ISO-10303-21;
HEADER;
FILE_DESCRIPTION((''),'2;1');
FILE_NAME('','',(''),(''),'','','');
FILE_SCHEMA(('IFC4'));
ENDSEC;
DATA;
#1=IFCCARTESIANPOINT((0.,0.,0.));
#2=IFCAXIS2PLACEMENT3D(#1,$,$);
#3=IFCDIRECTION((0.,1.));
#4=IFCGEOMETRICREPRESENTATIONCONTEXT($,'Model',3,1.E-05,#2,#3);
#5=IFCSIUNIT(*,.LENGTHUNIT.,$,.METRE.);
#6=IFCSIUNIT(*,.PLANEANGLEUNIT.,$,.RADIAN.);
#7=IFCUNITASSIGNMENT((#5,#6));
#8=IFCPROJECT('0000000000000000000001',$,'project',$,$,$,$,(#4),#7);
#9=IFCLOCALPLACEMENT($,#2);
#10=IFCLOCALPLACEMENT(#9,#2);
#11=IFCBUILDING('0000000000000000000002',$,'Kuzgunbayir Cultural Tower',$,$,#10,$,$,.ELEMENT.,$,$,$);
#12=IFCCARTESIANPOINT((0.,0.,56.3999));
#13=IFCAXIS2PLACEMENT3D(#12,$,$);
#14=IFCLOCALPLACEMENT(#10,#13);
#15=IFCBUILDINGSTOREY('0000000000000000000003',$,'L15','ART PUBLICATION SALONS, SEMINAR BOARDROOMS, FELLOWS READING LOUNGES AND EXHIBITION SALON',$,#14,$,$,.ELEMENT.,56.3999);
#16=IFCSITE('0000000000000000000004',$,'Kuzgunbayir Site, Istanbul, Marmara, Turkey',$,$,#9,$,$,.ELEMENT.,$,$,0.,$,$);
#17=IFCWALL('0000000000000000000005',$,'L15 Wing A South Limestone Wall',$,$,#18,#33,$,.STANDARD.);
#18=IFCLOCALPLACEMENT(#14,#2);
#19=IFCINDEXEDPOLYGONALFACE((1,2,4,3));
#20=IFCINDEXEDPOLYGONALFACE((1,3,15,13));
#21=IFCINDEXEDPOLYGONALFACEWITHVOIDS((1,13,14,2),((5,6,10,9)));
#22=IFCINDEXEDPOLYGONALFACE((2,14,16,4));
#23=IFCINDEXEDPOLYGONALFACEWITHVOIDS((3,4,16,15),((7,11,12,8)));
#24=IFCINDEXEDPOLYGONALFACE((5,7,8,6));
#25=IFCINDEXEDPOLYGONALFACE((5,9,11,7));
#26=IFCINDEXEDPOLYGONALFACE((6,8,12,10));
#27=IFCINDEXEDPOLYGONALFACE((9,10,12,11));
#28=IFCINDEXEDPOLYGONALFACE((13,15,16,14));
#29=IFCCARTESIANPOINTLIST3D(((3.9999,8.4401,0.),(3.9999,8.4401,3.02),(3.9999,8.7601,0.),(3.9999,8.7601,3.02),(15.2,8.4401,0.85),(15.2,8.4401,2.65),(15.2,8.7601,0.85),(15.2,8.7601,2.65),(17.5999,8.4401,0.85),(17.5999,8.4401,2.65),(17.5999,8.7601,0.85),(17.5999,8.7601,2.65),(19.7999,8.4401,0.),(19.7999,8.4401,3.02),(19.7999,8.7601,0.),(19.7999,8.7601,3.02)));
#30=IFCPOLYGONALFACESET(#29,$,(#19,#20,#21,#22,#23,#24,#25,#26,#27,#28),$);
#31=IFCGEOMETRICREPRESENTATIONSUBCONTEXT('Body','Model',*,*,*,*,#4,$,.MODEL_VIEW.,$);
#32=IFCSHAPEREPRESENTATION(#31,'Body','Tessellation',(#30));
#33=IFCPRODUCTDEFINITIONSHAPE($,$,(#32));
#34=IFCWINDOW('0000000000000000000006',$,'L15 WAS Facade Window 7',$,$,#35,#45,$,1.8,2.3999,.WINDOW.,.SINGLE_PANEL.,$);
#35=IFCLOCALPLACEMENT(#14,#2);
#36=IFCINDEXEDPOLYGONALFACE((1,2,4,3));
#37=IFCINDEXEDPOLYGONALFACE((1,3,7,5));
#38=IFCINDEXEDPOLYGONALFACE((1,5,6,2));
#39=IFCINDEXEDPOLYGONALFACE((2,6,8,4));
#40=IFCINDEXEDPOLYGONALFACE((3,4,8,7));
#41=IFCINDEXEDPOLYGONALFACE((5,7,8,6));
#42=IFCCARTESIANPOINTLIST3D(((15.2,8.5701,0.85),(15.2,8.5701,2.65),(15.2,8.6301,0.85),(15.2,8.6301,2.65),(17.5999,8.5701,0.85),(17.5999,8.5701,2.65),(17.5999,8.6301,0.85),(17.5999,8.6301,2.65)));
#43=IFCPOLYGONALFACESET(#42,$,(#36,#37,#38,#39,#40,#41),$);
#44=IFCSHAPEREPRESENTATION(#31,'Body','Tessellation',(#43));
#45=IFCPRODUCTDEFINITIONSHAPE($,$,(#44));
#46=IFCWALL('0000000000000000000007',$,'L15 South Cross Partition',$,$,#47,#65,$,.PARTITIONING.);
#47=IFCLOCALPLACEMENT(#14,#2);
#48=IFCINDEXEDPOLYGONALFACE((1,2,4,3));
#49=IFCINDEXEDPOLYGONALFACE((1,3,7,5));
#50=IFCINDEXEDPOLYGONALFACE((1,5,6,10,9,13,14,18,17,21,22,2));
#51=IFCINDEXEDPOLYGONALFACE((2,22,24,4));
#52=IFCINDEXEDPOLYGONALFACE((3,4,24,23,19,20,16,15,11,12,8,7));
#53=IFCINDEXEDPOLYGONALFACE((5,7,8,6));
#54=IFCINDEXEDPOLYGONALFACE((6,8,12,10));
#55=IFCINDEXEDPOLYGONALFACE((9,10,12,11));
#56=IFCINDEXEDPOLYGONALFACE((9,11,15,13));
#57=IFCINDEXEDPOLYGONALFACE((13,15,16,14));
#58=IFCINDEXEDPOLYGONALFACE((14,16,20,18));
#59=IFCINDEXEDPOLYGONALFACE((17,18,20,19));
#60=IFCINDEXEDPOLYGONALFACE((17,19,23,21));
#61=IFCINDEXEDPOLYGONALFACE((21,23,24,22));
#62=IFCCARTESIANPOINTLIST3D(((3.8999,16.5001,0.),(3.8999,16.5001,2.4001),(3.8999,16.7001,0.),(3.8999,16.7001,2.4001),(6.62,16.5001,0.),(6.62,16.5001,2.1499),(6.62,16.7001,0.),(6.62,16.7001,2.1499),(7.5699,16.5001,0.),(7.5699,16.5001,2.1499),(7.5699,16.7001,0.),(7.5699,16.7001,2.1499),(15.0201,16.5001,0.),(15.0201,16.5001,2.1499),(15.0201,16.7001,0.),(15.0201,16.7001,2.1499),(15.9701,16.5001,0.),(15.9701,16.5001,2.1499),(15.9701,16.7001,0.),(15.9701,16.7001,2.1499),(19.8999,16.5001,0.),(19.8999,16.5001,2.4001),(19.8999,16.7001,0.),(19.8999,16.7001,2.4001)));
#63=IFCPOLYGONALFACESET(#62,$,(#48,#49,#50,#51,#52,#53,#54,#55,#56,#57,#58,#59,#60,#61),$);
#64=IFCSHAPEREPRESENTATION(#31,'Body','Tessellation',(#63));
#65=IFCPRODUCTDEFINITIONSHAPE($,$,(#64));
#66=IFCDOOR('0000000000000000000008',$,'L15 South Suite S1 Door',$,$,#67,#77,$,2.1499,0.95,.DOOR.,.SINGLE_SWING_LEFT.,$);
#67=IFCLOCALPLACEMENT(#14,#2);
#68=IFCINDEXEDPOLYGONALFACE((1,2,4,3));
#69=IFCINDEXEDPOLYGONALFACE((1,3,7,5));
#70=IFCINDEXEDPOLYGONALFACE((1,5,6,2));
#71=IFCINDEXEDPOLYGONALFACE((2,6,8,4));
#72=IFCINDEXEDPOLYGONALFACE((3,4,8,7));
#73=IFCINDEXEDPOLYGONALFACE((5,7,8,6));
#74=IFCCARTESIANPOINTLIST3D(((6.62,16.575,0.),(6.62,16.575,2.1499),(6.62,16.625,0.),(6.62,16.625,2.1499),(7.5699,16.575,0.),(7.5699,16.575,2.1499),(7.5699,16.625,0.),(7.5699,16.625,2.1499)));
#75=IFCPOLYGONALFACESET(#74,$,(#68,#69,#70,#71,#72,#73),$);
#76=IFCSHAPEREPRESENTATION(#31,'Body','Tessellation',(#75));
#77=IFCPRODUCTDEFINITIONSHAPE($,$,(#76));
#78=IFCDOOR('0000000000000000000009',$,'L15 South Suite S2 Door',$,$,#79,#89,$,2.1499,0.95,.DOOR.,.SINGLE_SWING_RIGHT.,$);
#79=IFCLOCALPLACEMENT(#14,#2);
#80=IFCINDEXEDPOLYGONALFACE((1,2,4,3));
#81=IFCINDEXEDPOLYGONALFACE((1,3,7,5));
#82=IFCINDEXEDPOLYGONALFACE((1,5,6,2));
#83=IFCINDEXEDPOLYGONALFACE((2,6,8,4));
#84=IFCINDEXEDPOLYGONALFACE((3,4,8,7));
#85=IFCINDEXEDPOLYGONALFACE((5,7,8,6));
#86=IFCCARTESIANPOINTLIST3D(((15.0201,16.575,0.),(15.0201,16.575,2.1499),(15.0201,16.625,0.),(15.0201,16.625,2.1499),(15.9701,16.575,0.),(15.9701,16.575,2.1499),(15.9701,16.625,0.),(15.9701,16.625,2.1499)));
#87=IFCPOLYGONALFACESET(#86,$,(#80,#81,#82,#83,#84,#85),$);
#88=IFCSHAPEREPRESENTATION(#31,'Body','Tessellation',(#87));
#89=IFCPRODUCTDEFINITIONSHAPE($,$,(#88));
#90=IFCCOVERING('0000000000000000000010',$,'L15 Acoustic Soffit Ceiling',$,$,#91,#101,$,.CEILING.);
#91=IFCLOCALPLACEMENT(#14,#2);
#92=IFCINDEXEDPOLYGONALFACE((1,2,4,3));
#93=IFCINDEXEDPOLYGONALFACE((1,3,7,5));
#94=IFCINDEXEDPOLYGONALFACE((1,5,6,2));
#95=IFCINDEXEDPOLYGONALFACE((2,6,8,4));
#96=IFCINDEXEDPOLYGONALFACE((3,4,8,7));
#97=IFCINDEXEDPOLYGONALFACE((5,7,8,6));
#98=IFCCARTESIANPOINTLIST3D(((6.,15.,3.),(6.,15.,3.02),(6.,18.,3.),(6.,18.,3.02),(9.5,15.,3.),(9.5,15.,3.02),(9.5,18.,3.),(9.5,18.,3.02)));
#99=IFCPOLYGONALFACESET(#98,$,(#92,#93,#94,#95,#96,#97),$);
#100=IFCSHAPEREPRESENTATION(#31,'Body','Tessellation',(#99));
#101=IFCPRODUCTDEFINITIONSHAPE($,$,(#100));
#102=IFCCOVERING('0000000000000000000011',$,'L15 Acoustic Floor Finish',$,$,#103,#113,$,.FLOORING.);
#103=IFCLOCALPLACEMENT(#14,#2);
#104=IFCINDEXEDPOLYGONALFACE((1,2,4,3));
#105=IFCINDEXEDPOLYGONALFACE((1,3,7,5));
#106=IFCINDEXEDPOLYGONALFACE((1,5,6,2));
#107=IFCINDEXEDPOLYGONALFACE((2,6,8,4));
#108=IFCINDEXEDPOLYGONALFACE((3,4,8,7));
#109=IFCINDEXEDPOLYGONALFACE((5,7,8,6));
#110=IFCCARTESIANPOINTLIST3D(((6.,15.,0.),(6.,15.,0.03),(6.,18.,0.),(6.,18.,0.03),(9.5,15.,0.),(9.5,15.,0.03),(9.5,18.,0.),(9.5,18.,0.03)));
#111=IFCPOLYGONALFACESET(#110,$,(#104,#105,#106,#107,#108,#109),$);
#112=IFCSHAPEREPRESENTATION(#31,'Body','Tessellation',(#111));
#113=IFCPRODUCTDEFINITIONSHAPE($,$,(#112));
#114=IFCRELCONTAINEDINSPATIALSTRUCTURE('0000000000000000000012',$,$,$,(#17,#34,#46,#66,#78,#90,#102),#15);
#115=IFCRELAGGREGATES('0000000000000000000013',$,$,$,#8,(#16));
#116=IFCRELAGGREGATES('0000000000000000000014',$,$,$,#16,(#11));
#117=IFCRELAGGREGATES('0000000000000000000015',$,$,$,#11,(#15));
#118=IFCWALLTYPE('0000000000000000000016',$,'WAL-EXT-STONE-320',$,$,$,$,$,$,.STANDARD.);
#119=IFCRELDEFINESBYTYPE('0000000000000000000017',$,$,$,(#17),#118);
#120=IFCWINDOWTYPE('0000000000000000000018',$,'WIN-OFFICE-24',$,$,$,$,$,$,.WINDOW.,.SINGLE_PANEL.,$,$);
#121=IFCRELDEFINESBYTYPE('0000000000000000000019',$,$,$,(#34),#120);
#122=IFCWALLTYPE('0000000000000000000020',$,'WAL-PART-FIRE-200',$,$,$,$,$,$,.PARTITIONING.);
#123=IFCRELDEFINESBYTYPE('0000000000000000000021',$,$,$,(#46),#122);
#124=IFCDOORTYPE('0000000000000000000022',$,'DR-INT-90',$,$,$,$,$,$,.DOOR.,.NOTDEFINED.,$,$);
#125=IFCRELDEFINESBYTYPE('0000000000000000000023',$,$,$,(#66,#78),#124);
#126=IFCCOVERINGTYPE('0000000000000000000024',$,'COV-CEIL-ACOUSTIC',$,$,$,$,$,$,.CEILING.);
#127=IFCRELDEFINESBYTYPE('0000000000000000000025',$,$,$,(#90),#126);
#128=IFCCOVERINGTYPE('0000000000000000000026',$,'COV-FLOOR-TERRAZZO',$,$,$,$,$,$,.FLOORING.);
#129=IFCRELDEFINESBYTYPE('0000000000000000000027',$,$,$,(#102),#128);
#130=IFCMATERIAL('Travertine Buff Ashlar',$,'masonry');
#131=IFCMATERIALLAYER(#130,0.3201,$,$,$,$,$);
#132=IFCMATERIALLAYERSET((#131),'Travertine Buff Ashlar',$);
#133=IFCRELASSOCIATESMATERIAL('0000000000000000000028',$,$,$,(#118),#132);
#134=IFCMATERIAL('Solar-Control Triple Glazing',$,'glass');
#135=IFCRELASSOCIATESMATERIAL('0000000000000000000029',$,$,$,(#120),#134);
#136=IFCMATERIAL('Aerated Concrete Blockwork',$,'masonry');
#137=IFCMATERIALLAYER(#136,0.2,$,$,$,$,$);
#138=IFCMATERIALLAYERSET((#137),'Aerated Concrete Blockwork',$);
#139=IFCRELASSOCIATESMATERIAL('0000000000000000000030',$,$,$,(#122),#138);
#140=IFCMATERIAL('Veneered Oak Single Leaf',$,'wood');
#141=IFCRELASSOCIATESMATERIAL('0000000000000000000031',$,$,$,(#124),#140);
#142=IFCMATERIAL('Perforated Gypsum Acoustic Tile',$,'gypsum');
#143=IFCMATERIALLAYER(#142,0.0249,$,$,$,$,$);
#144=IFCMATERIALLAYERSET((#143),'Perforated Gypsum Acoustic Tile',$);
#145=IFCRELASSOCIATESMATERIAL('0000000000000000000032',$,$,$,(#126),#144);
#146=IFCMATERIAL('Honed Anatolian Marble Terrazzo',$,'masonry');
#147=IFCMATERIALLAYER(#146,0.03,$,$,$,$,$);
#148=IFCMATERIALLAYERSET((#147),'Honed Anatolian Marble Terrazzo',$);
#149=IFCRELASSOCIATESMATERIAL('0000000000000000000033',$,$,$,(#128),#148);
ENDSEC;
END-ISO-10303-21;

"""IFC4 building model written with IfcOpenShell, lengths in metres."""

from ifc_helpers import new_model, si_unit, direction, frame, frame_2d, origin, place, context, subcontext, project, spatial, polyline, rectangle, outline, extrude, material, layer, layer_set, type_object, element, fill, save


model = new_model("IFC4")

# Units and contexts
model_context = context("Model", 3, precision=1e-05, world=origin(), true_north=direction((0.0, 1.0)))
body_context = subcontext(model_context, "Body", "Model", "MODEL_VIEW")
ifc_project = project(units=[si_unit("LENGTHUNIT", "METRE"), si_unit("PLANEANGLEUNIT", "RADIAN")], contexts=[model_context])

# Site, building, storey
site_placement = place(None, origin())
site = spatial("IfcSite", under=ifc_project, at=site_placement, Name="Kuzgunbayir Site, Istanbul, Marmara, Turkey", CompositionType="ELEMENT", RefElevation=0.0)
building_placement = place(site_placement, origin())
building = spatial("IfcBuilding", under=site, at=building_placement, Name="Kuzgunbayir Cultural Tower", CompositionType="ELEMENT")
storey_placement = place(building_placement, frame((0.0, 0.0, 56.3999)))
storey = spatial("IfcBuildingStorey", under=building, at=storey_placement, Name="L15", Description="ART PUBLICATION SALONS, SEMINAR BOARDROOMS, FELLOWS READING LOUNGES AND EXHIBITION SALON", CompositionType="ELEMENT", Elevation=56.3999)

# Wall, opening, window
ifc_material_1 = material(Name="Travertine Buff Ashlar", Category="masonry")
ifc_layer_1 = layer(ifc_material_1, 0.3201)
ifc_layer_set_1 = layer_set([ifc_layer_1], Name="Travertine Buff Ashlar")
wall_type_1 = type_object("IfcWallType", Name="WAL-EXT-STONE-320", PredefinedType="STANDARD", material=ifc_layer_set_1)
wall_1_placement = place(storey_placement, frame((4.0, 8.6001, 0.0), z_axis=(0.0, 0.0, 1.0), x_axis=(1.0, 0.0, 0.0)))
wall_1 = element("IfcWall", 1, at=wall_1_placement, inside=storey, type_object=wall_type_1, Name="L15 Wing A South Limestone Wall", PredefinedType="STANDARD", context=body_context, shape_type="SweptSolid", body=[
    extrude(rectangle(XDim=15.8, YDim=0.3201, at=frame_2d((7.8999, 0.0))), origin(), (0.0, 0.0, 1.0), 3.02),
])
opening_1_placement = place(wall_1_placement, frame((11.2, 0.0, 0.8501)))
opening_1 = element("IfcOpeningElement", 2, at=opening_1_placement, cuts=wall_1, PredefinedType="OPENING", context=body_context, shape_type="SweptSolid", body=[
    extrude(rectangle(XDim=2.3999, YDim=1.8, at=frame_2d((1.2, 0.8999))), frame((0.0, 0.1699, 0.0), z_axis=(0.0, -1.0, 0.0), x_axis=(1.0, 0.0, 0.0)), (0.0, 0.0, 1.0), 0.3401),
])
ifc_material_2 = material(Name="Solar-Control Triple Glazing", Category="glass")
window_type = type_object("IfcWindowType", Name="WIN-OFFICE-24", PartitioningType="SINGLE_PANEL", PredefinedType="WINDOW", material=ifc_material_2)
window_placement = place(opening_1_placement, origin())
window = element("IfcWindow", 3, at=window_placement, inside=storey, type_object=window_type, Name="L15 WAS Facade Window 7", OverallHeight=1.8, OverallWidth=2.3999, PartitioningType="SINGLE_PANEL", PredefinedType="WINDOW", context=body_context, shape_type="SweptSolid", body=[
    extrude(rectangle(XDim=2.3999, YDim=1.8, at=frame_2d((1.2, 0.8999))), frame((0.0, 0.03, 0.0), z_axis=(0.0, -1.0, 0.0), x_axis=(1.0, 0.0, 0.0)), (0.0, 0.0, 1.0), 0.0601),
])
fill(opening_1, window)

# Wall, openings, doors
ifc_material_3 = material(Name="Aerated Concrete Blockwork", Category="masonry")
ifc_layer_2 = layer(ifc_material_3, 0.2)
ifc_layer_set_2 = layer_set([ifc_layer_2], Name="Aerated Concrete Blockwork")
wall_type_2 = type_object("IfcWallType", Name="WAL-PART-FIRE-200", PredefinedType="PARTITIONING", material=ifc_layer_set_2)
wall_2_placement = place(storey_placement, frame((3.8999, 16.6001, 0.0), z_axis=(0.0, 0.0, 1.0), x_axis=(1.0, 0.0, 0.0)))
wall_2 = element("IfcWall", 4, at=wall_2_placement, inside=storey, type_object=wall_type_2, Name="L15 South Cross Partition", PredefinedType="PARTITIONING", context=body_context, shape_type="SweptSolid", body=[
    extrude(rectangle(XDim=16.0, YDim=0.2, at=frame_2d((8.0, 0.0))), origin(), (0.0, 0.0, 1.0), 2.4001),
])
opening_2_placement = place(wall_2_placement, frame((2.72, 0.0, 0.0)))
opening_2 = element("IfcOpeningElement", 5, at=opening_2_placement, cuts=wall_2, PredefinedType="OPENING", context=body_context, shape_type="SweptSolid", body=[
    extrude(rectangle(XDim=0.95, YDim=2.1499, at=frame_2d((0.4751, 1.075))), frame((0.0, 0.1099, 0.0), z_axis=(0.0, -1.0, 0.0), x_axis=(1.0, 0.0, 0.0)), (0.0, 0.0, 1.0), 0.22),
])
opening_3_placement = place(wall_2_placement, frame((11.1201, 0.0, 0.0)))
opening_3 = element("IfcOpeningElement", 6, at=opening_3_placement, cuts=wall_2, PredefinedType="OPENING", context=body_context, shape_type="SweptSolid", body=[
    extrude(rectangle(XDim=0.95, YDim=2.1499, at=frame_2d((0.4751, 1.075))), frame((0.0, 0.1099, 0.0), z_axis=(0.0, -1.0, 0.0), x_axis=(1.0, 0.0, 0.0)), (0.0, 0.0, 1.0), 0.22),
])
ifc_material_4 = material(Name="Veneered Oak Single Leaf", Category="wood")
door_type = type_object("IfcDoorType", Name="DR-INT-90", OperationType="NOTDEFINED", PredefinedType="DOOR", material=ifc_material_4)
door_1_placement = place(opening_2_placement, origin())
door_1 = element("IfcDoor", 7, at=door_1_placement, inside=storey, type_object=door_type, Name="L15 South Suite S1 Door", OperationType="SINGLE_SWING_LEFT", OverallHeight=2.1499, OverallWidth=0.95, PredefinedType="DOOR", context=body_context, shape_type="SweptSolid", body=[
    extrude(rectangle(XDim=0.95, YDim=2.1499, at=frame_2d((0.4751, 1.075))), frame((0.0, 0.0249, 0.0), z_axis=(0.0, -1.0, 0.0), x_axis=(1.0, 0.0, 0.0)), (0.0, 0.0, 1.0), 0.05),
])
fill(opening_2, door_1)
door_2_placement = place(opening_3_placement, origin())
door_2 = element("IfcDoor", 8, at=door_2_placement, inside=storey, type_object=door_type, Name="L15 South Suite S2 Door", OperationType="SINGLE_SWING_RIGHT", OverallHeight=2.1499, OverallWidth=0.95, PredefinedType="DOOR", context=body_context, shape_type="SweptSolid", body=[
    extrude(rectangle(XDim=0.95, YDim=2.1499, at=frame_2d((0.4751, 1.075))), frame((0.0, 0.0249, 0.0), z_axis=(0.0, -1.0, 0.0), x_axis=(1.0, 0.0, 0.0)), (0.0, 0.0, 1.0), 0.05),
])
fill(opening_3, door_2)

# Coverings
ifc_material_5 = material(Name="Perforated Gypsum Acoustic Tile", Category="gypsum")
ifc_layer_3 = layer(ifc_material_5, 0.0249)
ifc_layer_set_3 = layer_set([ifc_layer_3], Name="Perforated Gypsum Acoustic Tile")
covering_type_1 = type_object("IfcCoveringType", Name="COV-CEIL-ACOUSTIC", PredefinedType="CEILING", material=ifc_layer_set_3)
covering_1_placement = place(storey_placement, frame((0.0, 0.0, 3.0)))
element("IfcCovering", 9, at=covering_1_placement, inside=storey, type_object=covering_type_1, Name="L15 Acoustic Soffit Ceiling", PredefinedType="CEILING", context=body_context, shape_type="SweptSolid", body=[
    extrude(outline(polyline([(6.0, 15.0), (9.5, 15.0), (9.5, 18.0), (6.0, 18.0), (6.0, 15.0)])), origin(), (0.0, 0.0, 1.0), 0.02),
])
ifc_material_6 = material(Name="Honed Anatolian Marble Terrazzo", Category="masonry")
ifc_layer_4 = layer(ifc_material_6, 0.03)
ifc_layer_set_4 = layer_set([ifc_layer_4], Name="Honed Anatolian Marble Terrazzo")
covering_type_2 = type_object("IfcCoveringType", Name="COV-FLOOR-TERRAZZO", PredefinedType="FLOORING", material=ifc_layer_set_4)
covering_2_placement = place(storey_placement, origin())
element("IfcCovering", 10, at=covering_2_placement, inside=storey, type_object=covering_type_2, Name="L15 Acoustic Floor Finish", PredefinedType="FLOORING", context=body_context, shape_type="SweptSolid", body=[
    extrude(outline(polyline([(6.0, 15.0), (9.5, 15.0), (9.5, 18.0), (6.0, 18.0), (6.0, 15.0)])), origin(), (0.0, 0.0, 1.0), 0.03),
])

save(model, "model.ifc")
